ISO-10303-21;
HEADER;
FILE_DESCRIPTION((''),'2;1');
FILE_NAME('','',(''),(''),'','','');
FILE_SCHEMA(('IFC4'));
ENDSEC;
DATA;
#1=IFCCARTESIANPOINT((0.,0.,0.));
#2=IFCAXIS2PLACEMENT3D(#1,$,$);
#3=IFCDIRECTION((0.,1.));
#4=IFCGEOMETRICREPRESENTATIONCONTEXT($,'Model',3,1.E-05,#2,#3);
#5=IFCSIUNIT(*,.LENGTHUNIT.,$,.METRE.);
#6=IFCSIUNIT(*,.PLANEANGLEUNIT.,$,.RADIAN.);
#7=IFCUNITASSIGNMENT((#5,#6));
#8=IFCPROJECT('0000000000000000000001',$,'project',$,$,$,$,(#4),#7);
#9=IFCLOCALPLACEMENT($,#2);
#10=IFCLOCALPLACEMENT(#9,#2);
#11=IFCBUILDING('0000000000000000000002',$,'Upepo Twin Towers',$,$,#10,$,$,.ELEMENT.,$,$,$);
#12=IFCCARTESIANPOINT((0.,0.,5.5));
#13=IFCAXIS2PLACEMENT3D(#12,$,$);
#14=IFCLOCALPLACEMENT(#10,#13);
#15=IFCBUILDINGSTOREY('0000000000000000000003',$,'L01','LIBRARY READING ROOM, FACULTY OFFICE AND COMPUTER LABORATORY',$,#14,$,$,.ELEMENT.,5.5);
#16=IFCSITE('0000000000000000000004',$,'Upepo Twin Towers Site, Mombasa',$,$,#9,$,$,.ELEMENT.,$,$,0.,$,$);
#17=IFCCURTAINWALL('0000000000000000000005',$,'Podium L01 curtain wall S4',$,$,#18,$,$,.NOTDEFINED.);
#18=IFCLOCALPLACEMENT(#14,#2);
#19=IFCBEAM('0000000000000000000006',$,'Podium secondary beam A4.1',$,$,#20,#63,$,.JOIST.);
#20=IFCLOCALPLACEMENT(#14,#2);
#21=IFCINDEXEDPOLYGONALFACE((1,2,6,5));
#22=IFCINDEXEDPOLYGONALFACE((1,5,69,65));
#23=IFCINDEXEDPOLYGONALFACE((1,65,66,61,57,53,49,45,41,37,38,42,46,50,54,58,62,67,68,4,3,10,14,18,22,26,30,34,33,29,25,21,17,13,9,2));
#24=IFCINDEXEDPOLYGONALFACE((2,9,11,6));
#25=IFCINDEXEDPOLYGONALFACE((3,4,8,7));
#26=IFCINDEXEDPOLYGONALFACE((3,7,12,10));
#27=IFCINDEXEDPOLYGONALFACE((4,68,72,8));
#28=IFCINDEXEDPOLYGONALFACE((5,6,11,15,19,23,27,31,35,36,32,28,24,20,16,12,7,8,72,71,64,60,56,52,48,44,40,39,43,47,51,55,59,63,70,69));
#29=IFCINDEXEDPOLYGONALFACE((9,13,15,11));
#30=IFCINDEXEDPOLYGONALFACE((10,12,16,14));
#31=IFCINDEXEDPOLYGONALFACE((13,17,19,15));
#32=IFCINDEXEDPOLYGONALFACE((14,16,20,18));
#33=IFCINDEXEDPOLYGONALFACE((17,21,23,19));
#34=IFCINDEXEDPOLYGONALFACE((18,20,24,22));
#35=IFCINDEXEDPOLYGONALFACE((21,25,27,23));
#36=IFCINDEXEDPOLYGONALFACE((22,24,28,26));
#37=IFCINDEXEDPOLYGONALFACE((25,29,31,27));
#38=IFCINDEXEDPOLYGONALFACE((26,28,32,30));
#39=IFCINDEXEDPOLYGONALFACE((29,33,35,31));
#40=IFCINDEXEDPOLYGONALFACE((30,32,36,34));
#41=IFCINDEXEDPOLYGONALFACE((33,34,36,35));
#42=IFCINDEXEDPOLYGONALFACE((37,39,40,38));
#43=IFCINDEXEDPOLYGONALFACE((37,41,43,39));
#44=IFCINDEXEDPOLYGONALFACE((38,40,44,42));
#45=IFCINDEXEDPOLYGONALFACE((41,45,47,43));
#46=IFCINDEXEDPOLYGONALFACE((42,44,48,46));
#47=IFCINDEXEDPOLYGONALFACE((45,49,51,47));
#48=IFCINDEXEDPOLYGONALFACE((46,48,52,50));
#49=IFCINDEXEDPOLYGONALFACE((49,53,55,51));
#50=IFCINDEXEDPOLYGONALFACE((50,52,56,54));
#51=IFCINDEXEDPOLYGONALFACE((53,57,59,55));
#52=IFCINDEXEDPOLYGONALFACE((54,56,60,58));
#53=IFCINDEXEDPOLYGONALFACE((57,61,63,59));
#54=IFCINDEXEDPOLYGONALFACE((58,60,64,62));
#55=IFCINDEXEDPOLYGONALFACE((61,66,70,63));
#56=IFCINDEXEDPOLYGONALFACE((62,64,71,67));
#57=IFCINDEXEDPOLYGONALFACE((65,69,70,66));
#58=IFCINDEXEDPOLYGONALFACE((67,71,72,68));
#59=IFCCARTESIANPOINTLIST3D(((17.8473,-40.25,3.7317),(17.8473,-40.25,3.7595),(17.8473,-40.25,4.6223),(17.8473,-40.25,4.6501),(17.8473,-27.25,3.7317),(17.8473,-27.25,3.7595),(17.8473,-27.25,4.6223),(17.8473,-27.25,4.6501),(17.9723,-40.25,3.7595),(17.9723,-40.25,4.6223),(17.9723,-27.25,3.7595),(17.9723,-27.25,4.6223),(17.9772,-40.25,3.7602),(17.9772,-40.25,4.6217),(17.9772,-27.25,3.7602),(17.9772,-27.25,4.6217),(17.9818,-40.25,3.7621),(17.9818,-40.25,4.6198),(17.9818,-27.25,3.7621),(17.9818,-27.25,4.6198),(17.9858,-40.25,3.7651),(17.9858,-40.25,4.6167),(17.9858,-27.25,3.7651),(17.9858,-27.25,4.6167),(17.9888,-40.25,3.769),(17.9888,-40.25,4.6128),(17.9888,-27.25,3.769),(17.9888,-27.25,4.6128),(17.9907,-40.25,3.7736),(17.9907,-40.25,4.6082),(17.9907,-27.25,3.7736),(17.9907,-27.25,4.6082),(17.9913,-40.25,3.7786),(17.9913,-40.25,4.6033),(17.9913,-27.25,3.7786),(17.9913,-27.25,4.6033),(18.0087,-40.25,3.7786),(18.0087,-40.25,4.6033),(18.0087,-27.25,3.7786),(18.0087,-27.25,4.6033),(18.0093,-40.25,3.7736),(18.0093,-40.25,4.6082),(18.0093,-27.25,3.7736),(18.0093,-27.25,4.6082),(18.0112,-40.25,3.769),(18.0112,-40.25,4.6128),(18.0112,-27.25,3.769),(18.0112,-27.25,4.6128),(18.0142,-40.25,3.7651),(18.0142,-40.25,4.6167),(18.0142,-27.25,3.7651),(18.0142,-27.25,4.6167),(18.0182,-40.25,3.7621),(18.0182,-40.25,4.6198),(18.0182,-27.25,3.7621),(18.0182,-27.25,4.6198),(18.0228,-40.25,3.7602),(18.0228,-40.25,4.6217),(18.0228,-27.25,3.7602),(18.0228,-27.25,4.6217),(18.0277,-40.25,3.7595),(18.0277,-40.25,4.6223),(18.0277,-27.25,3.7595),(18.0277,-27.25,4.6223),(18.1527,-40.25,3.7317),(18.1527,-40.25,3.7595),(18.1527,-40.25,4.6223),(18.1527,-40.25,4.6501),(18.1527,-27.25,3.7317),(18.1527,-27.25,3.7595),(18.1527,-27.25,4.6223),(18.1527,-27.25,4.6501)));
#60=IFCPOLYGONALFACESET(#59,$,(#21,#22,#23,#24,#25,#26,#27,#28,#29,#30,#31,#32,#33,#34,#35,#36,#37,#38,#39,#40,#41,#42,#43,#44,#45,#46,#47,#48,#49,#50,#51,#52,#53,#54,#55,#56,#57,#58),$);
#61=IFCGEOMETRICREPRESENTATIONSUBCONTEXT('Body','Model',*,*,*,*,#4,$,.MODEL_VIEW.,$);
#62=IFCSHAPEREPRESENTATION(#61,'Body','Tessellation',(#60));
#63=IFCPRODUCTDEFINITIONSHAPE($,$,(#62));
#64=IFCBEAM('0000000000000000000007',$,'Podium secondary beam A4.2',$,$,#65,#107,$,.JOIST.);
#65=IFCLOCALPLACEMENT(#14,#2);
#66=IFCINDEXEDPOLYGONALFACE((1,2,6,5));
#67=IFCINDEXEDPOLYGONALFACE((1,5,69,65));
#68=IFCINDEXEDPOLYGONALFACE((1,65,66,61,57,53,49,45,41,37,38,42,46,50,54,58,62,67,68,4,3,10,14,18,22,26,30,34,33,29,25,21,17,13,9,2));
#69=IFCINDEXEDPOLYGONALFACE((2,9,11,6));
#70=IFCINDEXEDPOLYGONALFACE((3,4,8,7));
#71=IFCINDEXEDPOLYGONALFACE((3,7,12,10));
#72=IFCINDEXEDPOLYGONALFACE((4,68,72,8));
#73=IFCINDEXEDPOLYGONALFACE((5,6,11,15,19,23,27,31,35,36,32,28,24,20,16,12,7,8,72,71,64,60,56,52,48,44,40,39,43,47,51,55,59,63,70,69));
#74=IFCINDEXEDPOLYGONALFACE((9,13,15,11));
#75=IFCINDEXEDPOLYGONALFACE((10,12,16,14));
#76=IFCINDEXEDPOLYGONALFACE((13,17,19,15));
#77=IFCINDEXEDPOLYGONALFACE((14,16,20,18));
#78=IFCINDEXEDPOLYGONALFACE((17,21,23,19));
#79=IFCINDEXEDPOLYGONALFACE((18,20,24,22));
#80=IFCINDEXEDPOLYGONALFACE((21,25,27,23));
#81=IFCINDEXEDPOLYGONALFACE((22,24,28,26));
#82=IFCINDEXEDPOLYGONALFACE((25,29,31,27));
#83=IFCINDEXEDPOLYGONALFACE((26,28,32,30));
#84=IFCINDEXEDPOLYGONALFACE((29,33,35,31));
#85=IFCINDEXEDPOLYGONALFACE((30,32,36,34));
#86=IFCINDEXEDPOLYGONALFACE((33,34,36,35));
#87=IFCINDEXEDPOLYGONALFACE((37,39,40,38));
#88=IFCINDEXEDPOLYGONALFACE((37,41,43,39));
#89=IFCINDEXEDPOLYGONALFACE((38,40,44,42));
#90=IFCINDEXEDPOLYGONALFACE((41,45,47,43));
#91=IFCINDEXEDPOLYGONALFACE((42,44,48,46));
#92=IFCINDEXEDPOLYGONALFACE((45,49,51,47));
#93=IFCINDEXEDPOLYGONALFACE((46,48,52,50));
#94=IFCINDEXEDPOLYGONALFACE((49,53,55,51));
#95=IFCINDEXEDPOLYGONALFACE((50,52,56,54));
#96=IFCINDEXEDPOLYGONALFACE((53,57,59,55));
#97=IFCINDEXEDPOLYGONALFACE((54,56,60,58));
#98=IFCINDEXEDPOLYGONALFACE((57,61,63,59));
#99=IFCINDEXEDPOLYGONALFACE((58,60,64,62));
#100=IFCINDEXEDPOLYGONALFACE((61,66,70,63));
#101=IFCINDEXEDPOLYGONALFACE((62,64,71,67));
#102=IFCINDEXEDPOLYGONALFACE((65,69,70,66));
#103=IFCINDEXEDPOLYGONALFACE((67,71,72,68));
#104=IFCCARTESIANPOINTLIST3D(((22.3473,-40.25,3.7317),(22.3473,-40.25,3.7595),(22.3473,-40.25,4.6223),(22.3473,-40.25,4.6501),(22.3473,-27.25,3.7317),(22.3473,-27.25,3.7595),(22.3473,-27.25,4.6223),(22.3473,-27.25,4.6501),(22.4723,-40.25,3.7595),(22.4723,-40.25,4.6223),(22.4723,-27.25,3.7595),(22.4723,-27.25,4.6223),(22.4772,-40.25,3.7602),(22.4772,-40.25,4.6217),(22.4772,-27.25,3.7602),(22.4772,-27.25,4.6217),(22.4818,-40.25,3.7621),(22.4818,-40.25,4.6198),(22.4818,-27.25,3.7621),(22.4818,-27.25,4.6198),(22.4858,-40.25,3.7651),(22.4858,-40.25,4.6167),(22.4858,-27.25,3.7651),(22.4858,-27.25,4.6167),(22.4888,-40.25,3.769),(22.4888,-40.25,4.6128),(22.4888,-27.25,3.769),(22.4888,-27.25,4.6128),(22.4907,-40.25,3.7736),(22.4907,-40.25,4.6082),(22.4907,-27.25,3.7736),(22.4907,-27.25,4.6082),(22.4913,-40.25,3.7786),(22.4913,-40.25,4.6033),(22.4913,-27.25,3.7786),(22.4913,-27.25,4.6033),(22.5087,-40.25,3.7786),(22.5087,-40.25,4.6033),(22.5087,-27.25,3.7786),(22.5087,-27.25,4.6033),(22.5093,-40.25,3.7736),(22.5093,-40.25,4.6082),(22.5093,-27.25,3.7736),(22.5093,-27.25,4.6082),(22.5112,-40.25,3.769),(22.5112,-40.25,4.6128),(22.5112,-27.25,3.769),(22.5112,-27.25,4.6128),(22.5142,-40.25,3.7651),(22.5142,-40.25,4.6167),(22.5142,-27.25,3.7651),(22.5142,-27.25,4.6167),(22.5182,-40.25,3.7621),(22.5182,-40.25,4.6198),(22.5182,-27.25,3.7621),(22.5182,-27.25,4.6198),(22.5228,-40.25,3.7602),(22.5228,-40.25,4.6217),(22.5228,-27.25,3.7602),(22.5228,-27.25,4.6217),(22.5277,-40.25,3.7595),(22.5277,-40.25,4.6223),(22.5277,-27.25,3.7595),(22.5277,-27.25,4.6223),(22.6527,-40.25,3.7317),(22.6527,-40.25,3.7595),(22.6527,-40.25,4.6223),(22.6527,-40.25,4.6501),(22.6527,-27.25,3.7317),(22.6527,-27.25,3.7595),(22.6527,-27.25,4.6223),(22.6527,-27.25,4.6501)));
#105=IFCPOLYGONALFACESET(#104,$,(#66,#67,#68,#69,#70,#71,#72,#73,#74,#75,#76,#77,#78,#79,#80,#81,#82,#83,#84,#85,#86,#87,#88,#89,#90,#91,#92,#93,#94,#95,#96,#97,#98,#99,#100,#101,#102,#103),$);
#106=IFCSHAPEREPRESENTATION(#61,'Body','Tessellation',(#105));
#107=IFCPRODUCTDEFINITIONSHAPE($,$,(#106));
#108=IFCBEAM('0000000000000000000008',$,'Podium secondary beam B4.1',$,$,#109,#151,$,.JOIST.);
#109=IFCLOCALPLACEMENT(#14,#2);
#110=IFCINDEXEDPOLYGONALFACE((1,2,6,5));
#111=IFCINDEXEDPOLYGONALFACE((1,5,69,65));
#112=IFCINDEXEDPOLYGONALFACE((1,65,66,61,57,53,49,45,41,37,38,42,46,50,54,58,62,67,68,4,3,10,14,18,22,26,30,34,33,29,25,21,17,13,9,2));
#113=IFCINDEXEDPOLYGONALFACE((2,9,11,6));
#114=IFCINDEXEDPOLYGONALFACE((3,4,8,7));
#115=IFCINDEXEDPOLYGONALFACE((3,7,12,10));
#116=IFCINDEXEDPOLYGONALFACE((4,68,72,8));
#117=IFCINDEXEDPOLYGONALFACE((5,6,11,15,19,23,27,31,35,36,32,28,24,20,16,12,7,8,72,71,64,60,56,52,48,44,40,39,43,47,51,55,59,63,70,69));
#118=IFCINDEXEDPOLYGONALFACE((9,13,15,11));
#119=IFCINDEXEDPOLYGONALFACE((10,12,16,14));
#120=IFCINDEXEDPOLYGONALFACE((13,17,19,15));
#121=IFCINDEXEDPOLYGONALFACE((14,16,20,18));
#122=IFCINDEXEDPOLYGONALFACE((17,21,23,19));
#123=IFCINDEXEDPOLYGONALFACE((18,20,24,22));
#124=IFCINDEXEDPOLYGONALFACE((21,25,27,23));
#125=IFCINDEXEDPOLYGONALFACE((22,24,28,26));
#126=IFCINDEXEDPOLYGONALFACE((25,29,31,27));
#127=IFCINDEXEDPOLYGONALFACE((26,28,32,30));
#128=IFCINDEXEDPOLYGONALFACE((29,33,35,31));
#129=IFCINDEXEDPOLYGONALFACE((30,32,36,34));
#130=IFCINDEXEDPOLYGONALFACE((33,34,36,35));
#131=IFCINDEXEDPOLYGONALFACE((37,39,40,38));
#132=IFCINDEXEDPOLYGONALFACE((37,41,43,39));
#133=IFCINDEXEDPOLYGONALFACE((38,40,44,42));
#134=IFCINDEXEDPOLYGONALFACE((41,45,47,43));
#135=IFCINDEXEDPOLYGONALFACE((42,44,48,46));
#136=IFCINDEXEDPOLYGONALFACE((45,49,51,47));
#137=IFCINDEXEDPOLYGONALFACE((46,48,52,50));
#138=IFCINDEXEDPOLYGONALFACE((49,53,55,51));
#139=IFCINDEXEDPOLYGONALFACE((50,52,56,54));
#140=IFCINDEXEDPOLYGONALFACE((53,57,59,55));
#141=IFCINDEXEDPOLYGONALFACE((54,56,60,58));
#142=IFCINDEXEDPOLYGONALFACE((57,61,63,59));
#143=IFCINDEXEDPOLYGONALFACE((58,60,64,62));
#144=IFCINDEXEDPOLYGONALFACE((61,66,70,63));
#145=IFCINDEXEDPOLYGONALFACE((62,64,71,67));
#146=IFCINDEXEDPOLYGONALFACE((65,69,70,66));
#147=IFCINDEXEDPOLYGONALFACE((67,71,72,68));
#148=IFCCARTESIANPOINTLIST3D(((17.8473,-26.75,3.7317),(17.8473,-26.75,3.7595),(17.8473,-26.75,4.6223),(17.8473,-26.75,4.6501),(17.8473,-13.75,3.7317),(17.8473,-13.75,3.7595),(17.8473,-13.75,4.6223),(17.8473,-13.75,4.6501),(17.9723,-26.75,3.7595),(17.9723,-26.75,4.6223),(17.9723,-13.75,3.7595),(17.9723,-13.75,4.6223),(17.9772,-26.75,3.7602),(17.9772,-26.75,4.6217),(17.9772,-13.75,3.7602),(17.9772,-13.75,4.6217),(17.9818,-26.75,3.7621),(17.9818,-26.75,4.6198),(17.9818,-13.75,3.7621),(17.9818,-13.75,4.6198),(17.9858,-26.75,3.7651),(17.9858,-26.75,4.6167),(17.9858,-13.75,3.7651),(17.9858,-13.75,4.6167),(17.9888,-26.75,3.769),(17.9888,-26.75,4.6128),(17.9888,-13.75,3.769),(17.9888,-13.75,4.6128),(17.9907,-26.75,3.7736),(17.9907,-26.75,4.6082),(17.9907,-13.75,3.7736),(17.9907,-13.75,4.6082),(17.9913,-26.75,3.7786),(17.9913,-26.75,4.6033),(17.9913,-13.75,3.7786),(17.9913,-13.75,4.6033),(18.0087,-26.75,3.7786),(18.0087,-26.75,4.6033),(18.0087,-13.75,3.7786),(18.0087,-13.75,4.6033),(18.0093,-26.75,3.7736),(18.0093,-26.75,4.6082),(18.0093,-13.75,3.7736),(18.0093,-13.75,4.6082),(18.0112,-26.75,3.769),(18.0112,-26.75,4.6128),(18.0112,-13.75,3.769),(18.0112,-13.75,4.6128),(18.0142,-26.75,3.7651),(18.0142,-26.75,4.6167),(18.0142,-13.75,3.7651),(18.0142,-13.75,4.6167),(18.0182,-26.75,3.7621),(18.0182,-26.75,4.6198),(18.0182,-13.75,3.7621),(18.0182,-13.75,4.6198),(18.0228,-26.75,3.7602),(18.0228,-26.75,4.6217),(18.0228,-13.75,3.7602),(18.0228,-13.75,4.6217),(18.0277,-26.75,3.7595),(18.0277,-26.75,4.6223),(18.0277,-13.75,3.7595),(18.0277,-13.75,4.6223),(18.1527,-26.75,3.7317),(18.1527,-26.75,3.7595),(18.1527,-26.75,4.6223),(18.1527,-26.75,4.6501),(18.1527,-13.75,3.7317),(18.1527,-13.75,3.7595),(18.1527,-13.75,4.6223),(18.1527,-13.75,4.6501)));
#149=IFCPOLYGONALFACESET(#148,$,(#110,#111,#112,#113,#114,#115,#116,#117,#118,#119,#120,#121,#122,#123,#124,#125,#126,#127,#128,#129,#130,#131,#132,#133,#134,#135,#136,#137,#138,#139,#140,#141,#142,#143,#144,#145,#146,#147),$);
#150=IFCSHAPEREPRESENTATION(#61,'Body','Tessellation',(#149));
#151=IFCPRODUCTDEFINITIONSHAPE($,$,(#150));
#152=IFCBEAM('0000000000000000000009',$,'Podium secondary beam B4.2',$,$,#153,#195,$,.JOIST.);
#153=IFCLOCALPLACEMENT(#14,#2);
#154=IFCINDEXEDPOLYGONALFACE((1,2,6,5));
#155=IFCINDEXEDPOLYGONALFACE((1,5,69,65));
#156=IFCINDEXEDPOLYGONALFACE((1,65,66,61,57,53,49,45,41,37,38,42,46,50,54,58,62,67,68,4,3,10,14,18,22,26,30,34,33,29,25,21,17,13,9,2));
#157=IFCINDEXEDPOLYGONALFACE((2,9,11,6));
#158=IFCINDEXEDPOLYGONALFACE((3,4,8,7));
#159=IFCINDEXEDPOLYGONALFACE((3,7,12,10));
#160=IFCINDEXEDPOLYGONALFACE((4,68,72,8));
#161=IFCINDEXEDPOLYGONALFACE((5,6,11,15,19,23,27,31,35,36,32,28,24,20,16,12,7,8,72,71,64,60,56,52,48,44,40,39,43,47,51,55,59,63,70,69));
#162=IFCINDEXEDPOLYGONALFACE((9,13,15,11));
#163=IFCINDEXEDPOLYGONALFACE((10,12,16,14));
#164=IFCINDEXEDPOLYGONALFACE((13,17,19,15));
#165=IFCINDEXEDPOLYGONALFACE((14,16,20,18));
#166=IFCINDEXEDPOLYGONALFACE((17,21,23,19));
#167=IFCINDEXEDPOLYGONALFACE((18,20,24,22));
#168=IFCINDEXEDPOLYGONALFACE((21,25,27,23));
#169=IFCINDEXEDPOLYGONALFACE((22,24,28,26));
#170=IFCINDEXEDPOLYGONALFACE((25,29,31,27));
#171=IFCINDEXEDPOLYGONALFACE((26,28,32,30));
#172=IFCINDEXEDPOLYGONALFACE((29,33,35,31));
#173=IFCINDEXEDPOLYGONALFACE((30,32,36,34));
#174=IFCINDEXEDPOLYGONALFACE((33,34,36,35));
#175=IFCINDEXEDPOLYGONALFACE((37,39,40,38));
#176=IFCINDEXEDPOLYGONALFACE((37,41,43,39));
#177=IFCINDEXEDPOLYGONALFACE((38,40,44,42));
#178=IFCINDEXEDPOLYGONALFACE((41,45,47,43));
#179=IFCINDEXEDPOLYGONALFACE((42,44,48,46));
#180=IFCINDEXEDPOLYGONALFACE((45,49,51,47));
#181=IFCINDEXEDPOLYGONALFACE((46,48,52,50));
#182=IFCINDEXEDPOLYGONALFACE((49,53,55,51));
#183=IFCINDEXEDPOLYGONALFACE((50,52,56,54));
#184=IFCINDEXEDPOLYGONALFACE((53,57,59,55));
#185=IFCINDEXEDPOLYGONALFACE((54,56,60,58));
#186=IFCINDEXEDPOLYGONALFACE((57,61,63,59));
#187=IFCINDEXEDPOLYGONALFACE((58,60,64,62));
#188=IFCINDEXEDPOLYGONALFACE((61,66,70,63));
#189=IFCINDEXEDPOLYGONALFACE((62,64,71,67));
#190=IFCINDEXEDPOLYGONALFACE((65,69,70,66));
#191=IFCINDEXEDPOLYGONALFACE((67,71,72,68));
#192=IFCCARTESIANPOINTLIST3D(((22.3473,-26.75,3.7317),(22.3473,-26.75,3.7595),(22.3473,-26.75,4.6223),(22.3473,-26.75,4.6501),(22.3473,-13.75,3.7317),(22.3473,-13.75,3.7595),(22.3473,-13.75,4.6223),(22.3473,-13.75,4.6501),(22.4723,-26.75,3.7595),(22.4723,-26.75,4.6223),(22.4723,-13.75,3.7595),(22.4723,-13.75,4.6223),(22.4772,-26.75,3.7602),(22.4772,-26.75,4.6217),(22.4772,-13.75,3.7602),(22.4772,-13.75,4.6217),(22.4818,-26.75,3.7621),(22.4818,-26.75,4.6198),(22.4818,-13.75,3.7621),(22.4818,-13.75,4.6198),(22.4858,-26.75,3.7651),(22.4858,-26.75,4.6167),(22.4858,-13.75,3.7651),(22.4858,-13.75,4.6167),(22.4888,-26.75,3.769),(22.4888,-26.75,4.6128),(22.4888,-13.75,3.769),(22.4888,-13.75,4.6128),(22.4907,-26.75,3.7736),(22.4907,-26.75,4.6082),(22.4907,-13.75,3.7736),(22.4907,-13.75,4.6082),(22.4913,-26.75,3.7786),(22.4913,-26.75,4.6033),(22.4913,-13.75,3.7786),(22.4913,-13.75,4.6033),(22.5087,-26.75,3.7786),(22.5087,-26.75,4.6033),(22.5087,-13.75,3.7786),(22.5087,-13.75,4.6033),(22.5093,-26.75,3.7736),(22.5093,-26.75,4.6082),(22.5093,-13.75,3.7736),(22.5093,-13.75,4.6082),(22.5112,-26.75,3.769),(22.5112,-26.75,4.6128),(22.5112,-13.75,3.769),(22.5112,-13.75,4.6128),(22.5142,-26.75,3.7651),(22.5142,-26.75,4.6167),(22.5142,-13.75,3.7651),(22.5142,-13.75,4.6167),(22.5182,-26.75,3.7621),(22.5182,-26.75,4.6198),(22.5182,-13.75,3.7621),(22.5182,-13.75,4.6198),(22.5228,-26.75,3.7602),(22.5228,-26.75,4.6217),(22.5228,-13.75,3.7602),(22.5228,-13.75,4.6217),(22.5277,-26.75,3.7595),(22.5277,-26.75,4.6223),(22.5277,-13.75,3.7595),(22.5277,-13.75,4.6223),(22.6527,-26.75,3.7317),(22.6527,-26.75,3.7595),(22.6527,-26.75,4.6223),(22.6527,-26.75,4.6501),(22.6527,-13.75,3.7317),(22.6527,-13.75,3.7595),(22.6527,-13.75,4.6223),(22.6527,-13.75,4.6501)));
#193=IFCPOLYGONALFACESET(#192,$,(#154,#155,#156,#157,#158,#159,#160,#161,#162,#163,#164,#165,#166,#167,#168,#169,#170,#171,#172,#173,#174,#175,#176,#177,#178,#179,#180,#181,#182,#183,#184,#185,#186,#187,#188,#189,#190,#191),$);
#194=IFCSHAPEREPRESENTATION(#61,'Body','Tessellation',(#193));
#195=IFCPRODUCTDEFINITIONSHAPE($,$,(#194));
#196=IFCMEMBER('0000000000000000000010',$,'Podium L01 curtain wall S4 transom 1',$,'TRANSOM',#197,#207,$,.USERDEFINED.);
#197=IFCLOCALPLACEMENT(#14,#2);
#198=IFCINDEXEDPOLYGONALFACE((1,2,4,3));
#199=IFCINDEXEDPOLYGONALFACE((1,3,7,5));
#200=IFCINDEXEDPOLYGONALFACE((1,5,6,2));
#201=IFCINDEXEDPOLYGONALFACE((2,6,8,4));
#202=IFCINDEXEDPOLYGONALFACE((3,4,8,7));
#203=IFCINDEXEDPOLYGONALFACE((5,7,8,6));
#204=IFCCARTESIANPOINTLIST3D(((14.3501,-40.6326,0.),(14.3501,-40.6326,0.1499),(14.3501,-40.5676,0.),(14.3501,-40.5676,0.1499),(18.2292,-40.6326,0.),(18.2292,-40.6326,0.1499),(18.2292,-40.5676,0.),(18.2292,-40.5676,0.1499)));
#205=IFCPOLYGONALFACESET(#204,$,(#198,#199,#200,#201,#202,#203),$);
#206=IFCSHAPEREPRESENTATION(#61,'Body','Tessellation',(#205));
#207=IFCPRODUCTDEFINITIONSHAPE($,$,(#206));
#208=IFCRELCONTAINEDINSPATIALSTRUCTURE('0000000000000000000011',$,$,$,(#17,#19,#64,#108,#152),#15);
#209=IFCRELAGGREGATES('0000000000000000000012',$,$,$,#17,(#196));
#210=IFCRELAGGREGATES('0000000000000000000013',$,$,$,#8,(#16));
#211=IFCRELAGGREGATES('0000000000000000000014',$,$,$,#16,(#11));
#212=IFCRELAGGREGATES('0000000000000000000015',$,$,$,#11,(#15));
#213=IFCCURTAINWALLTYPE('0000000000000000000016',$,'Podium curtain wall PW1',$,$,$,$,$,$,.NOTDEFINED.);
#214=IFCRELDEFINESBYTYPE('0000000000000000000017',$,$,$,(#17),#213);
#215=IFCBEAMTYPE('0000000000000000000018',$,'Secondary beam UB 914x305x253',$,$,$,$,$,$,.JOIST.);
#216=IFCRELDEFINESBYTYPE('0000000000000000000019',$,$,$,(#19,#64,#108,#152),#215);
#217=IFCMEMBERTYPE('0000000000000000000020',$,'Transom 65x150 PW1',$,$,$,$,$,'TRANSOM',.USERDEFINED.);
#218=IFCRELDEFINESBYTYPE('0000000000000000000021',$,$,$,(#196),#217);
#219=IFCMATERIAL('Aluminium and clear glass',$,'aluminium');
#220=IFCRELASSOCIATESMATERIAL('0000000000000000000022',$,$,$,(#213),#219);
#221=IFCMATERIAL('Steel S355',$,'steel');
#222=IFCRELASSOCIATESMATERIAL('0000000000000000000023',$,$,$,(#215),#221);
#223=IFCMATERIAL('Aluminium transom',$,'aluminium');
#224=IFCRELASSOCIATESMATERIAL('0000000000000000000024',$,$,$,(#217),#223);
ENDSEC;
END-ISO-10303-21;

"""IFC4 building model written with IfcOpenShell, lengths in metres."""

from ifc_helpers import new_model, si_unit, direction, frame, origin, origin_2d, place, context, subcontext, project, spatial, rectangle, i_section, extrude, material, material_profile, profile_set, type_object, element, aggregate, save


model = new_model("IFC4")

# Units and contexts
model_context = context("Model", 3, precision=1e-05, world=origin(), true_north=direction((0.0, 1.0)))
body_context = subcontext(model_context, "Body", "Model", "MODEL_VIEW")
ifc_project = project(units=[si_unit("LENGTHUNIT", "METRE"), si_unit("PLANEANGLEUNIT", "RADIAN")], contexts=[model_context])

# Site, building, storey
site_placement = place(None, origin())
site = spatial("IfcSite", under=ifc_project, at=site_placement, Name="Upepo Twin Towers Site, Mombasa", CompositionType="ELEMENT", RefElevation=0.0)
building_placement = place(site_placement, origin())
building = spatial("IfcBuilding", under=site, at=building_placement, Name="Upepo Twin Towers", CompositionType="ELEMENT")
storey_placement = place(building_placement, frame((0.0, 0.0, 5.5)))
storey = spatial("IfcBuildingStorey", under=building, at=storey_placement, Name="L01", Description="LIBRARY READING ROOM, FACULTY OFFICE AND COMPUTER LABORATORY", CompositionType="ELEMENT", Elevation=5.5)

# Curtain wall
ifc_material_1 = material(Name="Aluminium and clear glass", Category="aluminium")
curtain_wall_type = type_object("IfcCurtainWallType", Name="Podium curtain wall PW1", PredefinedType="NOTDEFINED", material=ifc_material_1)
curtain_wall_placement = place(storey_placement, origin())
curtain_wall = element("IfcCurtainWall", 1, at=curtain_wall_placement, inside=storey, type_object=curtain_wall_type, Name="Podium L01 curtain wall S4", PredefinedType="NOTDEFINED")

# Beams
ifc_material_2 = material(Name="Steel S355", Category="steel")
ifc_material_profile_1 = material_profile(ifc_material_2, i_section(OverallWidth=0.3054, OverallDepth=0.9185, WebThickness=0.0173, FlangeThickness=0.0278, FilletRadius=0.019, at=origin_2d()), Name="UB 914x305x253")
ifc_profile_set_1 = profile_set([ifc_material_profile_1], Name="Steel S355")
beam_type_1 = type_object("IfcBeamType", Name="Secondary beam UB 914x305x253", PredefinedType="JOIST", material=ifc_profile_set_1)
for number, where, z_axis, x_axis, name in (
    (2, (18.0, -40.25, 4.1909), (0.0, 1.0, 0.0), (-1.0, 0.0, 0.0), "Podium secondary beam A4.1"),
    (3, (22.5, -40.25, 4.1909), (0.0, 1.0, 0.0), (-1.0, 0.0, 0.0), "Podium secondary beam A4.2"),
    (4, (18.0, -26.75, 4.1909), (0.0, 1.0, 0.0), (-1.0, 0.0, 0.0), "Podium secondary beam B4.1"),
    (5, (22.5, -26.75, 4.1909), (0.0, 1.0, 0.0), (-1.0, 0.0, 0.0), "Podium secondary beam B4.2"),
):
    element("IfcBeam", number, at=place(storey_placement, frame(where, z_axis=z_axis, x_axis=x_axis)), inside=storey, type_object=beam_type_1, Name=name, PredefinedType="JOIST", context=body_context, shape_type="SweptSolid", body=[
        extrude(i_section(OverallWidth=0.3054, OverallDepth=0.9185, WebThickness=0.0173, FlangeThickness=0.0278, FilletRadius=0.019, at=origin_2d()), origin(), (0.0, 0.0, 1.0), 13.0),
    ])

# Member
ifc_material_3 = material(Name="Aluminium transom", Category="aluminium")
ifc_material_profile_2 = material_profile(ifc_material_3, rectangle(XDim=0.0649, YDim=0.1499, at=origin_2d()), Name="TRANSOM 65x150 PODIUM")
ifc_profile_set_2 = profile_set([ifc_material_profile_2], Name="Aluminium transom")
member_type_1 = type_object("IfcMemberType", Name="Transom 65x150 PW1", ElementType="TRANSOM", PredefinedType="USERDEFINED", material=ifc_profile_set_2)
member_1_placement = place(storey_placement, frame((14.3501, -40.6001, 0.075), z_axis=(1.0, 0.0, 0.0), x_axis=(0.0, 1.0, 0.0)))
member_1 = element("IfcMember", 6, at=member_1_placement, type_object=member_type_1, Name="Podium L01 curtain wall S4 transom 1", ObjectType="TRANSOM", PredefinedType="USERDEFINED", context=body_context, shape_type="SweptSolid", body=[
    extrude(rectangle(XDim=0.0649, YDim=0.1499, at=origin_2d()), origin(), (0.0, 0.0, 1.0), 3.8792),
])

aggregate(curtain_wall, [member_1])

save(model, "model.ifc")
